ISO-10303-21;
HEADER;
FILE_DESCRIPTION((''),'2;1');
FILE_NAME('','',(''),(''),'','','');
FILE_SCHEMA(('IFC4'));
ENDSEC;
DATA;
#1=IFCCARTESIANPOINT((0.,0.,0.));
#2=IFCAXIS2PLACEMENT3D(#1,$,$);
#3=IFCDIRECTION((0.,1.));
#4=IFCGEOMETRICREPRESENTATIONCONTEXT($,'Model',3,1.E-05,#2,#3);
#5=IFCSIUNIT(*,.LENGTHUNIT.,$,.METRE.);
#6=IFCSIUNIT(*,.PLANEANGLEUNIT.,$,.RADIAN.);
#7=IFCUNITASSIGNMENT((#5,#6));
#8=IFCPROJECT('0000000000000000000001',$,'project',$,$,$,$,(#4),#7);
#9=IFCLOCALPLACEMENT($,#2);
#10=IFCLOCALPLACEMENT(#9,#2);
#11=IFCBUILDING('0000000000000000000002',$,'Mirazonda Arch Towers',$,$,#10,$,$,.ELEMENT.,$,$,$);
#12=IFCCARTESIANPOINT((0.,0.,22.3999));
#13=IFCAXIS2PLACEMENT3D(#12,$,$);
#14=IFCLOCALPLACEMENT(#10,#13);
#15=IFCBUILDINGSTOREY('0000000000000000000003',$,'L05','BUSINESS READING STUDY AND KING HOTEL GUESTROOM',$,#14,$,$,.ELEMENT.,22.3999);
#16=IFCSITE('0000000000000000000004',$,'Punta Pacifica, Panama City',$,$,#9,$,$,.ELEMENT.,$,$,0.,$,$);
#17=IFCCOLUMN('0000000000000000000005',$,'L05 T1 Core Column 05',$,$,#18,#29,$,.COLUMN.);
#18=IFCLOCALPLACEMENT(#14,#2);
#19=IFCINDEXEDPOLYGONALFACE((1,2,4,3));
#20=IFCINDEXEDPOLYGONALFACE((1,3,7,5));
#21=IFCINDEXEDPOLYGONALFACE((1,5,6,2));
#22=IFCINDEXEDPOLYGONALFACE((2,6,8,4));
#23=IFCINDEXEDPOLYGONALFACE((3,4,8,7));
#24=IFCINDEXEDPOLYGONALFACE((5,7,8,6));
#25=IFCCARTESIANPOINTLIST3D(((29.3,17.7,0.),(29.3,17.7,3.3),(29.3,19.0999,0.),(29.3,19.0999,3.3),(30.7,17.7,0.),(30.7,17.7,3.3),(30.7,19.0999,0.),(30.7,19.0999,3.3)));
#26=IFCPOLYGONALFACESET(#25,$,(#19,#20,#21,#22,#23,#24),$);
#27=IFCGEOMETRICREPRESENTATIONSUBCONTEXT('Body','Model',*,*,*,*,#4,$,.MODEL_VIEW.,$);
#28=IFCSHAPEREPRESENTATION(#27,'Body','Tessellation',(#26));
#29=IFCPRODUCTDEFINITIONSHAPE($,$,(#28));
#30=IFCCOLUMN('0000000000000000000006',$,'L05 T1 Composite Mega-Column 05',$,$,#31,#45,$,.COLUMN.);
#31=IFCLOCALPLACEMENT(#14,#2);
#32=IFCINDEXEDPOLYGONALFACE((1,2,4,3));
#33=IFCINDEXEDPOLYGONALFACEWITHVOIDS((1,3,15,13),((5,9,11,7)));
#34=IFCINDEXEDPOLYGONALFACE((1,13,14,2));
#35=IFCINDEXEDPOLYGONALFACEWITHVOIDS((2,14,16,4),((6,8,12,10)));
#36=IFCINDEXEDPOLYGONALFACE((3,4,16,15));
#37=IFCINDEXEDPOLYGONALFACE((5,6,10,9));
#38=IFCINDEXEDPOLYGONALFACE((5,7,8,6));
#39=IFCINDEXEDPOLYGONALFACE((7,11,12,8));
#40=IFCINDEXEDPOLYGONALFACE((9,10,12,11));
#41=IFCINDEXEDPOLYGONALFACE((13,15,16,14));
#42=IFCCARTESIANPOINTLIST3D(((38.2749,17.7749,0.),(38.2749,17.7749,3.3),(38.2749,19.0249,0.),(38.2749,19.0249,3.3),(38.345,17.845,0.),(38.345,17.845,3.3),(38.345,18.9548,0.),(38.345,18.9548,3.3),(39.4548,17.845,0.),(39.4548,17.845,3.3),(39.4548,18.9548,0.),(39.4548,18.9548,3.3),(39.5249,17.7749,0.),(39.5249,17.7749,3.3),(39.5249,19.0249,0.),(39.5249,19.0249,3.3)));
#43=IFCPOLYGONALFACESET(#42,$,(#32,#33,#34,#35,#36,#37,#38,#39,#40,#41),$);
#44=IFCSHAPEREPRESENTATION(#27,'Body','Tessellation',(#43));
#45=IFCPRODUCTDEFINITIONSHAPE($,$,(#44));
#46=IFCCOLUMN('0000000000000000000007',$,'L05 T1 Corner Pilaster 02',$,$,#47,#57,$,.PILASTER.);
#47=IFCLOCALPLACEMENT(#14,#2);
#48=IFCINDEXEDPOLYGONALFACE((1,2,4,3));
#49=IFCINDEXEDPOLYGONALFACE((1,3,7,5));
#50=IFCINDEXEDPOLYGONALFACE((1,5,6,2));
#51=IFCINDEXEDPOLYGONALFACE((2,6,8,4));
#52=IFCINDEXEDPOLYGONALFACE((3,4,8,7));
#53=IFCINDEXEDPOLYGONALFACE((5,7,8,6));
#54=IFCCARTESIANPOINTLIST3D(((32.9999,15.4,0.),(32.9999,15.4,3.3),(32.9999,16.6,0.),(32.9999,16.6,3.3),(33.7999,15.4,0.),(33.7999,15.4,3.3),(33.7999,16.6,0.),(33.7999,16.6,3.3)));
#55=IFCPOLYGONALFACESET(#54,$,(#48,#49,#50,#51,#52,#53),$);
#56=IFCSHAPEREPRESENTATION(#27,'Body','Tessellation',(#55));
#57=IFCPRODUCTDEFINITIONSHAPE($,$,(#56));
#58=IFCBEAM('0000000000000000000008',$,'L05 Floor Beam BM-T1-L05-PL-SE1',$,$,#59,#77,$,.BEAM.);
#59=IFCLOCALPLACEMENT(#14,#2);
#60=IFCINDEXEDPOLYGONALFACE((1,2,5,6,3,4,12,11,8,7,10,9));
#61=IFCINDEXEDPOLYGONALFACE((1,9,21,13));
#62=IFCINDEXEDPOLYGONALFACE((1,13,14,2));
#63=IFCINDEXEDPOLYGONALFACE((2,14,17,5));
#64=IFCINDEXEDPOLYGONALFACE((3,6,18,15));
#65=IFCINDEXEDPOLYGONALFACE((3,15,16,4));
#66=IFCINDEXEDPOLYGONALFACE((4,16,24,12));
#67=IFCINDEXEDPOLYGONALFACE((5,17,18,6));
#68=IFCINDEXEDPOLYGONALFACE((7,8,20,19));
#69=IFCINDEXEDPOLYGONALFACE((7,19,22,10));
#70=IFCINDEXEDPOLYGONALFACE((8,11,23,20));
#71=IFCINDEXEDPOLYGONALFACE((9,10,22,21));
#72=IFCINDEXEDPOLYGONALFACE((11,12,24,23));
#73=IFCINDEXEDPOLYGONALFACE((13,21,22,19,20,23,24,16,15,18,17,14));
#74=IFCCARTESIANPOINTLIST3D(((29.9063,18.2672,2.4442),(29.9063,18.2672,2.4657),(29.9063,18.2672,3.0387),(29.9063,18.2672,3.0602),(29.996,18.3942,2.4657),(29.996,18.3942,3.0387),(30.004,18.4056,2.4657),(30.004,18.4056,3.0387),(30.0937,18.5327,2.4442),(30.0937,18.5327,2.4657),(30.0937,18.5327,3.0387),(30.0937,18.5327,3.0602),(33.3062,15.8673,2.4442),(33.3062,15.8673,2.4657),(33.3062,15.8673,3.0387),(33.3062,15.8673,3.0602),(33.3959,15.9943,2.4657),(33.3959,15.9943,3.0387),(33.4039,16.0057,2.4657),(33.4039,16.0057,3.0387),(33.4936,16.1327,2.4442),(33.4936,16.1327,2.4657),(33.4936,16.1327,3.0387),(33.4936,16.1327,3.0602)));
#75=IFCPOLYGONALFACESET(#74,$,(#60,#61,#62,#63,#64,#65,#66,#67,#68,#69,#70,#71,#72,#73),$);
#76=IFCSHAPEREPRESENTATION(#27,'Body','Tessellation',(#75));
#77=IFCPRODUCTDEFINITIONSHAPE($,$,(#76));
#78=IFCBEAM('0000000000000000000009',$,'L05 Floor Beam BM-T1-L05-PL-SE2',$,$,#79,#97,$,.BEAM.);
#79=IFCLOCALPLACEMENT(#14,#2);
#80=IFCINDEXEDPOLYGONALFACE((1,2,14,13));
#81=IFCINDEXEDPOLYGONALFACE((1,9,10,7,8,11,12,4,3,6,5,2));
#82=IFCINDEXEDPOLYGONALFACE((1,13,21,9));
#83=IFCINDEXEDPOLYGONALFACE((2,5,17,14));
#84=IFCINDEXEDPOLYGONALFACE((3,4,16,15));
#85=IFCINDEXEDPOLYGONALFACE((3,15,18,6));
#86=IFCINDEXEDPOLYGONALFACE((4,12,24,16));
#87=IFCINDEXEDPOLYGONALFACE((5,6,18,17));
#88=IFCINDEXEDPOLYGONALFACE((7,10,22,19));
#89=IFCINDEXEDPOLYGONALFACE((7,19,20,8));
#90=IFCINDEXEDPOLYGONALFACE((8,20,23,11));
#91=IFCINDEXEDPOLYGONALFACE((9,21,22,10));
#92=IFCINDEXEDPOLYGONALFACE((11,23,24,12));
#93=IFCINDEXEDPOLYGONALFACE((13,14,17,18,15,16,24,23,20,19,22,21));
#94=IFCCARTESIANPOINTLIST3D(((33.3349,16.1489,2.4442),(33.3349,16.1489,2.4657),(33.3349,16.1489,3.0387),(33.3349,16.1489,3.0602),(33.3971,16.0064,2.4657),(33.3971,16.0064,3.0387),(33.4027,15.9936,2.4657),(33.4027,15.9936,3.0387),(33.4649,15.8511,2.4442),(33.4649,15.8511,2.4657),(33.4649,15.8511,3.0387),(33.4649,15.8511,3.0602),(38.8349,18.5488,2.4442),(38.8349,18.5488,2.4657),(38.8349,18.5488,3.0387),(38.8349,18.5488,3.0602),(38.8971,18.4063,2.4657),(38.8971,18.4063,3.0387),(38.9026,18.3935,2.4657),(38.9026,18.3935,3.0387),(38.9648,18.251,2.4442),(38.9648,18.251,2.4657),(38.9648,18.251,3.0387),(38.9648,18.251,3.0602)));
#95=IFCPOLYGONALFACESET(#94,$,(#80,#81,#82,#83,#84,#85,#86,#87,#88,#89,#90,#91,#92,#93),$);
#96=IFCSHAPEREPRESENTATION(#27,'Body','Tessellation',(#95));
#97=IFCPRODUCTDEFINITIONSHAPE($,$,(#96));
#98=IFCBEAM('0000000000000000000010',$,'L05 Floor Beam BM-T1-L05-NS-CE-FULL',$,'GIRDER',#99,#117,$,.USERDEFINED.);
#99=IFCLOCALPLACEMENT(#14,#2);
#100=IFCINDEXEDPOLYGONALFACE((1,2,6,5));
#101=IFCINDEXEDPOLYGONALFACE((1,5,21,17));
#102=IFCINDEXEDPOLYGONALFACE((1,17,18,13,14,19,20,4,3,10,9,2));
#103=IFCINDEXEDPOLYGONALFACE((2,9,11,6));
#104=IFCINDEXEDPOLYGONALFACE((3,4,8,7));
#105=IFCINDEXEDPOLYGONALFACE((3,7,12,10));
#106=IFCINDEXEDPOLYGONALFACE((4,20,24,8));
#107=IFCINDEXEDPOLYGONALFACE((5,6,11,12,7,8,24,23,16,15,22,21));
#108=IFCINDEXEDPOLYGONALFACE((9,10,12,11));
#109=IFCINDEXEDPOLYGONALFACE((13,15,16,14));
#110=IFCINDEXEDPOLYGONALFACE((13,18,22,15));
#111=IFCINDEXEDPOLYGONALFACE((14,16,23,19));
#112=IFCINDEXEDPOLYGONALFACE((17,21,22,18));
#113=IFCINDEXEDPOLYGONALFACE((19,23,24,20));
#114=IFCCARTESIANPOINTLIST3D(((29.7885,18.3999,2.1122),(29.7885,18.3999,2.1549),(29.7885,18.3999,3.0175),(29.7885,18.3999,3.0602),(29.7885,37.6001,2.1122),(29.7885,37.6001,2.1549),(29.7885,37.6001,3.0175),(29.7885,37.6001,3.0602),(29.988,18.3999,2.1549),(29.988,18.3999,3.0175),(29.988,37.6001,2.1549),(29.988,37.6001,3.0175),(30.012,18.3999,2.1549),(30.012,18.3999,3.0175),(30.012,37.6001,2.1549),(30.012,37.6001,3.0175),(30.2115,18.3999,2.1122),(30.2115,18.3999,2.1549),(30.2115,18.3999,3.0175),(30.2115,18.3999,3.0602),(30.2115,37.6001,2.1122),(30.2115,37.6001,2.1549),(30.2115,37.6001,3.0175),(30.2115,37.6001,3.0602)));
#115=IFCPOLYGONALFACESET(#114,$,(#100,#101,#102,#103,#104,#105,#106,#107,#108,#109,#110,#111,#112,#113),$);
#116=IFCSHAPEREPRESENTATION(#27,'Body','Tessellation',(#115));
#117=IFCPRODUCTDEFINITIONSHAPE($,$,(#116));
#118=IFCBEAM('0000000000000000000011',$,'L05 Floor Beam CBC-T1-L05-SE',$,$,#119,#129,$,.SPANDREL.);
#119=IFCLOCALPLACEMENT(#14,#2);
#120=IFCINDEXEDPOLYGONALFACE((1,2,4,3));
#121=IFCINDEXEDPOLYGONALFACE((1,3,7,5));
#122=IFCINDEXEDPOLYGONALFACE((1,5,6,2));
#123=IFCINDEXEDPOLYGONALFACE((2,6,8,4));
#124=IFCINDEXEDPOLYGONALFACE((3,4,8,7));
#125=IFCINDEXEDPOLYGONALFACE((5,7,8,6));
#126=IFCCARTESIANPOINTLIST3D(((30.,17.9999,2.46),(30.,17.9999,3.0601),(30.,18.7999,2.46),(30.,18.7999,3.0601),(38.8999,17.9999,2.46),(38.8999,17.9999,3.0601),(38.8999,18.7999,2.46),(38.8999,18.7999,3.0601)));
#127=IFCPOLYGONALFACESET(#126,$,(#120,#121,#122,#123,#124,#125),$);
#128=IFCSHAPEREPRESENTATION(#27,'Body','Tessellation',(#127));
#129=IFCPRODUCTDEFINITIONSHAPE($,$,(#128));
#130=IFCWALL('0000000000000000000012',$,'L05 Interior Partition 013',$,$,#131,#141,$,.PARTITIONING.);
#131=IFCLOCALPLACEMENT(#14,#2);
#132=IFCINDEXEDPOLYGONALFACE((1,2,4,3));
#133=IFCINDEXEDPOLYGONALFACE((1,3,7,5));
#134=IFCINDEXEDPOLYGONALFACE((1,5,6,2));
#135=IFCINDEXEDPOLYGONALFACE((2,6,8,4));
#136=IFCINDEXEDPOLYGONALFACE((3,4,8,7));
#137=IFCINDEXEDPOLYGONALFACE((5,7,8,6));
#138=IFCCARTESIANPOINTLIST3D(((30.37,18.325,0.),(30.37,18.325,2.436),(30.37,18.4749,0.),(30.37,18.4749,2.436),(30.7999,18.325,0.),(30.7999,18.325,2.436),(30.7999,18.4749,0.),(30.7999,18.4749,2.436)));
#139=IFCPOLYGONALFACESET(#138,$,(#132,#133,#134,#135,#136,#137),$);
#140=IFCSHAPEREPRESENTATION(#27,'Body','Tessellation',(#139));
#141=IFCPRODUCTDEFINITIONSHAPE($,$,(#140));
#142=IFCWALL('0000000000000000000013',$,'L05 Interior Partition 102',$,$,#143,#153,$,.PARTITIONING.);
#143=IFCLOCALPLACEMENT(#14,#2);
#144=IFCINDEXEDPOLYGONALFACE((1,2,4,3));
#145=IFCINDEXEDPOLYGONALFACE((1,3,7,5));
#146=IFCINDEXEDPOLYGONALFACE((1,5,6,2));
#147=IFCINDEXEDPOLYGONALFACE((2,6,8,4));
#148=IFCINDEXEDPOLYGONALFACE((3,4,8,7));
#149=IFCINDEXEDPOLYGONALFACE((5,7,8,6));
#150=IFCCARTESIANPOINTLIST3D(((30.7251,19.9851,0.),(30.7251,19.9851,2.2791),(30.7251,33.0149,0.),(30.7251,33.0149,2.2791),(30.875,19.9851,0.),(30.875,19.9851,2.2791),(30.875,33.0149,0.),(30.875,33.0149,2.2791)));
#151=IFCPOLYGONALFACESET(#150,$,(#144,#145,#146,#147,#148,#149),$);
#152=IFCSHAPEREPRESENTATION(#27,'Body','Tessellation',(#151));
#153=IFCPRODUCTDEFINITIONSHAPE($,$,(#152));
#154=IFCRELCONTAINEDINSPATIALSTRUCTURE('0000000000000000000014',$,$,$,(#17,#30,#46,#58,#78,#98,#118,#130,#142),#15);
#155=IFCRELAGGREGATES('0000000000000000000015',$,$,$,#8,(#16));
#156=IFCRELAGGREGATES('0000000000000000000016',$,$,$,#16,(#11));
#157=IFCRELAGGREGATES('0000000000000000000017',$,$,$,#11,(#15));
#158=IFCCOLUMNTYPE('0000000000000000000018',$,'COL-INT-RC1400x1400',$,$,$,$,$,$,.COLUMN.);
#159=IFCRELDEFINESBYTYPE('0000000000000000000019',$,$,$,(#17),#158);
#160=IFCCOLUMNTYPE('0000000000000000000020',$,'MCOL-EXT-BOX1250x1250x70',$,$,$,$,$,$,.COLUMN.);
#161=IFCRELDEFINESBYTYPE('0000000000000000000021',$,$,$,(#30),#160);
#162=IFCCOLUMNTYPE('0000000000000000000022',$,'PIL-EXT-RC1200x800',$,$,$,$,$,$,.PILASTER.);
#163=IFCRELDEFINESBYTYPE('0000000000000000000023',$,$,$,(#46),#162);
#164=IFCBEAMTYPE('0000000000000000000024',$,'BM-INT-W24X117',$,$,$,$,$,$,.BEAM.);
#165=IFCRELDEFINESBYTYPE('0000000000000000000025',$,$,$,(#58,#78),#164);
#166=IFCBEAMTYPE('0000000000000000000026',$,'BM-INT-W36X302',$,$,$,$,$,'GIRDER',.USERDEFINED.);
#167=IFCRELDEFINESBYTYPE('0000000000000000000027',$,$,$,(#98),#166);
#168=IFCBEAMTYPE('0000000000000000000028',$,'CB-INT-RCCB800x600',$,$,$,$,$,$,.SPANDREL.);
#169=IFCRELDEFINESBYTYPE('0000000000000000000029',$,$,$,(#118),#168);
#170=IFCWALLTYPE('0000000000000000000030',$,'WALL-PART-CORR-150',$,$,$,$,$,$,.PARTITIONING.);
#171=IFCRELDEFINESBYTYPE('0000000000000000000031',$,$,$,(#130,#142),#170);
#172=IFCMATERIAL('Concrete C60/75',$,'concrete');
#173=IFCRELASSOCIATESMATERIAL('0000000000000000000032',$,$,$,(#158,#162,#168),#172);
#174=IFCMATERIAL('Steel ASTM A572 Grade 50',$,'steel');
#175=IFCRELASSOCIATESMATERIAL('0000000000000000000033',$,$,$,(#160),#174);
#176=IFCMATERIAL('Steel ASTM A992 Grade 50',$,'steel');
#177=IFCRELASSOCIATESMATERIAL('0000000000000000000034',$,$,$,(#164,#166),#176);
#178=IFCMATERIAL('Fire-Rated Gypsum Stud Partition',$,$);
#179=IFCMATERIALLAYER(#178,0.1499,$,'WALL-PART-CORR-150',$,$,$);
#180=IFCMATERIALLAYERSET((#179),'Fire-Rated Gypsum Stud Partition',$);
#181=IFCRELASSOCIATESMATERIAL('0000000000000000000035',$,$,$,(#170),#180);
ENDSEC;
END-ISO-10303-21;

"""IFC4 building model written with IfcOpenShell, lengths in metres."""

from ifc_helpers import new_model, si_unit, direction, frame, frame_2d, origin, origin_2d, place, context, subcontext, project, spatial, rectangle, hollow_rectangle, i_section, extrude, material, layer, layer_set, material_profile, profile_set, type_object, element, save


model = new_model("IFC4")

# Units and contexts
model_context = context("Model", 3, precision=1e-05, world=origin(), true_north=direction((0.0, 1.0)))
body_context = subcontext(model_context, "Body", "Model", "MODEL_VIEW")
ifc_project = project(units=[si_unit("LENGTHUNIT", "METRE"), si_unit("PLANEANGLEUNIT", "RADIAN")], contexts=[model_context])

# Site, building, storey
site_placement = place(None, origin())
site = spatial("IfcSite", under=ifc_project, at=site_placement, Name="Punta Pacifica, Panama City", CompositionType="ELEMENT", RefElevation=0.0)
building_placement = place(site_placement, origin())
building = spatial("IfcBuilding", under=site, at=building_placement, Name="Mirazonda Arch Towers", CompositionType="ELEMENT")
storey_placement = place(building_placement, frame((0.0, 0.0, 22.3999)))
storey = spatial("IfcBuildingStorey", under=building, at=storey_placement, Name="L05", Description="BUSINESS READING STUDY AND KING HOTEL GUESTROOM", CompositionType="ELEMENT", Elevation=22.3999)

# Columns
ifc_material_1 = material(Name="Concrete C60/75", Category="concrete")
ifc_material_profile_1 = material_profile(ifc_material_1, rectangle(XDim=1.3999, YDim=1.3999, at=origin_2d()), Name="RC1400x1400")
ifc_profile_set_1 = profile_set([ifc_material_profile_1], Name="Concrete C60/75")
column_type_1 = type_object("IfcColumnType", Name="COL-INT-RC1400x1400", PredefinedType="COLUMN", material=ifc_profile_set_1)
column_1_placement = place(storey_placement, frame((30.0, 18.3999, 0.0), z_axis=(0.0, 0.0, 1.0), x_axis=(1.0, 0.0, 0.0)))
element("IfcColumn", 1, at=column_1_placement, inside=storey, type_object=column_type_1, Name="L05 T1 Core Column 05", PredefinedType="COLUMN", context=body_context, shape_type="SweptSolid", body=[
    extrude(rectangle(XDim=1.3999, YDim=1.3999, at=origin_2d()), origin(), (0.0, 0.0, 1.0), 3.3),
])
ifc_material_2 = material(Name="Steel ASTM A572 Grade 50", Category="steel")
ifc_material_profile_2 = material_profile(ifc_material_2, hollow_rectangle(XDim=1.25, YDim=1.25, WallThickness=0.0701, at=origin_2d()), Name="BOX1250x1250x70")
ifc_profile_set_2 = profile_set([ifc_material_profile_2], Name="Steel ASTM A572 Grade 50")
column_type_2 = type_object("IfcColumnType", Name="MCOL-EXT-BOX1250x1250x70", PredefinedType="COLUMN", material=ifc_profile_set_2)
column_2_placement = place(storey_placement, frame((38.8999, 18.3999, 0.0), z_axis=(0.0, 0.0, 1.0), x_axis=(1.0, 0.0, 0.0)))
element("IfcColumn", 2, at=column_2_placement, inside=storey, type_object=column_type_2, Name="L05 T1 Composite Mega-Column 05", PredefinedType="COLUMN", context=body_context, shape_type="SweptSolid", body=[
    extrude(hollow_rectangle(XDim=1.25, YDim=1.25, WallThickness=0.0701, at=origin_2d()), origin(), (0.0, 0.0, 1.0), 3.3),
])
ifc_material_profile_3 = material_profile(ifc_material_1, rectangle(XDim=0.8, YDim=1.2, at=origin_2d()), Name="RC1200x800")
ifc_profile_set_3 = profile_set([ifc_material_profile_3], Name="Concrete C60/75")
column_type_3 = type_object("IfcColumnType", Name="PIL-EXT-RC1200x800", PredefinedType="PILASTER", material=ifc_profile_set_3)
column_3_placement = place(storey_placement, frame((33.3999, 16.0, 0.0), z_axis=(0.0, 0.0, 1.0), x_axis=(1.0, 0.0, 0.0)))
element("IfcColumn", 3, at=column_3_placement, inside=storey, type_object=column_type_3, Name="L05 T1 Corner Pilaster 02", PredefinedType="PILASTER", context=body_context, shape_type="SweptSolid", body=[
    extrude(rectangle(XDim=0.8, YDim=1.2, at=origin_2d()), origin(), (0.0, 0.0, 1.0), 3.3),
])

# Beams
ifc_material_3 = material(Name="Steel ASTM A992 Grade 50", Category="steel")
ifc_material_profile_4 = material_profile(ifc_material_3, i_section(OverallWidth=0.325, OverallDepth=0.616, WebThickness=0.0139, FlangeThickness=0.0215, at=origin_2d()), Name="W24X117")
ifc_profile_set_4 = profile_set([ifc_material_profile_4], Name="Steel ASTM A992 Grade 50")
beam_type_1 = type_object("IfcBeamType", Name="BM-INT-W24X117", PredefinedType="BEAM", material=ifc_profile_set_4)
beam_1_placement = place(storey_placement, frame((33.3999, 16.0, 2.7522), z_axis=(-0.816971, 0.576679, 0.0), x_axis=(-0.576679, -0.816971, 0.0)))
element("IfcBeam", 4, at=beam_1_placement, inside=storey, type_object=beam_type_1, Name="L05 Floor Beam BM-T1-L05-PL-SE1", PredefinedType="BEAM", context=body_context, shape_type="SweptSolid", body=[
    extrude(i_section(OverallWidth=0.325, OverallDepth=0.616, WebThickness=0.0139, FlangeThickness=0.0215, at=origin_2d()), origin(), (0.0, 0.0, 1.0), 4.1616),
])
beam_2_placement = place(storey_placement, frame((33.3999, 16.0, 2.7522), z_axis=(0.916545, 0.399931, 0.0), x_axis=(-0.399931, 0.916545, 0.0)))
element("IfcBeam", 5, at=beam_2_placement, inside=storey, type_object=beam_type_1, Name="L05 Floor Beam BM-T1-L05-PL-SE2", PredefinedType="BEAM", context=body_context, shape_type="SweptSolid", body=[
    extrude(i_section(OverallWidth=0.325, OverallDepth=0.616, WebThickness=0.0139, FlangeThickness=0.0215, at=origin_2d()), origin(), (0.0, 0.0, 1.0), 6.0007),
])
ifc_material_profile_5 = material_profile(ifc_material_3, i_section(OverallWidth=0.4231, OverallDepth=0.948, WebThickness=0.0239, FlangeThickness=0.0427, at=origin_2d()), Name="W36X302")
ifc_profile_set_5 = profile_set([ifc_material_profile_5], Name="Steel ASTM A992 Grade 50")
beam_type_2 = type_object("IfcBeamType", Name="BM-INT-W36X302", ElementType="GIRDER", PredefinedType="USERDEFINED", material=ifc_profile_set_5)
beam_3_placement = place(storey_placement, frame((30.0, 18.3999, 2.5862), z_axis=(0.0, 1.0, 0.0), x_axis=(-1.0, 0.0, 0.0)))
element("IfcBeam", 6, at=beam_3_placement, inside=storey, type_object=beam_type_2, Name="L05 Floor Beam BM-T1-L05-NS-CE-FULL", ObjectType="GIRDER", PredefinedType="USERDEFINED", context=body_context, shape_type="SweptSolid", body=[
    extrude(i_section(OverallWidth=0.4231, OverallDepth=0.948, WebThickness=0.0239, FlangeThickness=0.0427, at=origin_2d()), origin(), (0.0, 0.0, 1.0), 19.2002),
])
ifc_material_profile_6 = material_profile(ifc_material_1, rectangle(XDim=0.8, YDim=0.6001, at=origin_2d()), Name="RCCB800x600")
ifc_profile_set_6 = profile_set([ifc_material_profile_6], Name="Concrete C60/75")
beam_type_3 = type_object("IfcBeamType", Name="CB-INT-RCCB800x600", PredefinedType="SPANDREL", material=ifc_profile_set_6)
beam_4_placement = place(storey_placement, frame((30.0, 18.3999, 2.76), z_axis=(1.0, 0.0, 0.0), x_axis=(0.0, 1.0, 0.0)))
element("IfcBeam", 7, at=beam_4_placement, inside=storey, type_object=beam_type_3, Name="L05 Floor Beam CBC-T1-L05-SE", PredefinedType="SPANDREL", context=body_context, shape_type="SweptSolid", body=[
    extrude(rectangle(XDim=0.8, YDim=0.6001, at=origin_2d()), origin(), (0.0, 0.0, 1.0), 8.8999),
])

# Walls
ifc_material_4 = material(Name="Fire-Rated Gypsum Stud Partition")
ifc_layer_1 = layer(ifc_material_4, 0.1499, Name="WALL-PART-CORR-150")
ifc_layer_set_1 = layer_set([ifc_layer_1], Name="Fire-Rated Gypsum Stud Partition")
wall_type_1 = type_object("IfcWallType", Name="WALL-PART-CORR-150", PredefinedType="PARTITIONING", material=ifc_layer_set_1)
wall_1_placement = place(storey_placement, frame((30.3701, 18.3999, 0.0), z_axis=(0.0, 0.0, 1.0), x_axis=(1.0, 0.0, 0.0)))
element("IfcWall", 8, at=wall_1_placement, inside=storey, type_object=wall_type_1, Name="L05 Interior Partition 013", PredefinedType="PARTITIONING", context=body_context, shape_type="SweptSolid", body=[
    extrude(rectangle(XDim=0.4299, YDim=0.1499, at=frame_2d((0.2148, 0.0))), origin(), (0.0, 0.0, 1.0), 2.436),
])
wall_2_placement = place(storey_placement, frame((30.8, 19.9851, 0.0), z_axis=(0.0, 0.0, 1.0), x_axis=(0.0, 1.0, 0.0)))
element("IfcWall", 9, at=wall_2_placement, inside=storey, type_object=wall_type_1, Name="L05 Interior Partition 102", PredefinedType="PARTITIONING", context=body_context, shape_type="SweptSolid", body=[
    extrude(rectangle(XDim=13.0298, YDim=0.1499, at=frame_2d((6.5149, 0.0))), origin(), (0.0, 0.0, 1.0), 2.2791),
])

save(model, "model.ifc")
